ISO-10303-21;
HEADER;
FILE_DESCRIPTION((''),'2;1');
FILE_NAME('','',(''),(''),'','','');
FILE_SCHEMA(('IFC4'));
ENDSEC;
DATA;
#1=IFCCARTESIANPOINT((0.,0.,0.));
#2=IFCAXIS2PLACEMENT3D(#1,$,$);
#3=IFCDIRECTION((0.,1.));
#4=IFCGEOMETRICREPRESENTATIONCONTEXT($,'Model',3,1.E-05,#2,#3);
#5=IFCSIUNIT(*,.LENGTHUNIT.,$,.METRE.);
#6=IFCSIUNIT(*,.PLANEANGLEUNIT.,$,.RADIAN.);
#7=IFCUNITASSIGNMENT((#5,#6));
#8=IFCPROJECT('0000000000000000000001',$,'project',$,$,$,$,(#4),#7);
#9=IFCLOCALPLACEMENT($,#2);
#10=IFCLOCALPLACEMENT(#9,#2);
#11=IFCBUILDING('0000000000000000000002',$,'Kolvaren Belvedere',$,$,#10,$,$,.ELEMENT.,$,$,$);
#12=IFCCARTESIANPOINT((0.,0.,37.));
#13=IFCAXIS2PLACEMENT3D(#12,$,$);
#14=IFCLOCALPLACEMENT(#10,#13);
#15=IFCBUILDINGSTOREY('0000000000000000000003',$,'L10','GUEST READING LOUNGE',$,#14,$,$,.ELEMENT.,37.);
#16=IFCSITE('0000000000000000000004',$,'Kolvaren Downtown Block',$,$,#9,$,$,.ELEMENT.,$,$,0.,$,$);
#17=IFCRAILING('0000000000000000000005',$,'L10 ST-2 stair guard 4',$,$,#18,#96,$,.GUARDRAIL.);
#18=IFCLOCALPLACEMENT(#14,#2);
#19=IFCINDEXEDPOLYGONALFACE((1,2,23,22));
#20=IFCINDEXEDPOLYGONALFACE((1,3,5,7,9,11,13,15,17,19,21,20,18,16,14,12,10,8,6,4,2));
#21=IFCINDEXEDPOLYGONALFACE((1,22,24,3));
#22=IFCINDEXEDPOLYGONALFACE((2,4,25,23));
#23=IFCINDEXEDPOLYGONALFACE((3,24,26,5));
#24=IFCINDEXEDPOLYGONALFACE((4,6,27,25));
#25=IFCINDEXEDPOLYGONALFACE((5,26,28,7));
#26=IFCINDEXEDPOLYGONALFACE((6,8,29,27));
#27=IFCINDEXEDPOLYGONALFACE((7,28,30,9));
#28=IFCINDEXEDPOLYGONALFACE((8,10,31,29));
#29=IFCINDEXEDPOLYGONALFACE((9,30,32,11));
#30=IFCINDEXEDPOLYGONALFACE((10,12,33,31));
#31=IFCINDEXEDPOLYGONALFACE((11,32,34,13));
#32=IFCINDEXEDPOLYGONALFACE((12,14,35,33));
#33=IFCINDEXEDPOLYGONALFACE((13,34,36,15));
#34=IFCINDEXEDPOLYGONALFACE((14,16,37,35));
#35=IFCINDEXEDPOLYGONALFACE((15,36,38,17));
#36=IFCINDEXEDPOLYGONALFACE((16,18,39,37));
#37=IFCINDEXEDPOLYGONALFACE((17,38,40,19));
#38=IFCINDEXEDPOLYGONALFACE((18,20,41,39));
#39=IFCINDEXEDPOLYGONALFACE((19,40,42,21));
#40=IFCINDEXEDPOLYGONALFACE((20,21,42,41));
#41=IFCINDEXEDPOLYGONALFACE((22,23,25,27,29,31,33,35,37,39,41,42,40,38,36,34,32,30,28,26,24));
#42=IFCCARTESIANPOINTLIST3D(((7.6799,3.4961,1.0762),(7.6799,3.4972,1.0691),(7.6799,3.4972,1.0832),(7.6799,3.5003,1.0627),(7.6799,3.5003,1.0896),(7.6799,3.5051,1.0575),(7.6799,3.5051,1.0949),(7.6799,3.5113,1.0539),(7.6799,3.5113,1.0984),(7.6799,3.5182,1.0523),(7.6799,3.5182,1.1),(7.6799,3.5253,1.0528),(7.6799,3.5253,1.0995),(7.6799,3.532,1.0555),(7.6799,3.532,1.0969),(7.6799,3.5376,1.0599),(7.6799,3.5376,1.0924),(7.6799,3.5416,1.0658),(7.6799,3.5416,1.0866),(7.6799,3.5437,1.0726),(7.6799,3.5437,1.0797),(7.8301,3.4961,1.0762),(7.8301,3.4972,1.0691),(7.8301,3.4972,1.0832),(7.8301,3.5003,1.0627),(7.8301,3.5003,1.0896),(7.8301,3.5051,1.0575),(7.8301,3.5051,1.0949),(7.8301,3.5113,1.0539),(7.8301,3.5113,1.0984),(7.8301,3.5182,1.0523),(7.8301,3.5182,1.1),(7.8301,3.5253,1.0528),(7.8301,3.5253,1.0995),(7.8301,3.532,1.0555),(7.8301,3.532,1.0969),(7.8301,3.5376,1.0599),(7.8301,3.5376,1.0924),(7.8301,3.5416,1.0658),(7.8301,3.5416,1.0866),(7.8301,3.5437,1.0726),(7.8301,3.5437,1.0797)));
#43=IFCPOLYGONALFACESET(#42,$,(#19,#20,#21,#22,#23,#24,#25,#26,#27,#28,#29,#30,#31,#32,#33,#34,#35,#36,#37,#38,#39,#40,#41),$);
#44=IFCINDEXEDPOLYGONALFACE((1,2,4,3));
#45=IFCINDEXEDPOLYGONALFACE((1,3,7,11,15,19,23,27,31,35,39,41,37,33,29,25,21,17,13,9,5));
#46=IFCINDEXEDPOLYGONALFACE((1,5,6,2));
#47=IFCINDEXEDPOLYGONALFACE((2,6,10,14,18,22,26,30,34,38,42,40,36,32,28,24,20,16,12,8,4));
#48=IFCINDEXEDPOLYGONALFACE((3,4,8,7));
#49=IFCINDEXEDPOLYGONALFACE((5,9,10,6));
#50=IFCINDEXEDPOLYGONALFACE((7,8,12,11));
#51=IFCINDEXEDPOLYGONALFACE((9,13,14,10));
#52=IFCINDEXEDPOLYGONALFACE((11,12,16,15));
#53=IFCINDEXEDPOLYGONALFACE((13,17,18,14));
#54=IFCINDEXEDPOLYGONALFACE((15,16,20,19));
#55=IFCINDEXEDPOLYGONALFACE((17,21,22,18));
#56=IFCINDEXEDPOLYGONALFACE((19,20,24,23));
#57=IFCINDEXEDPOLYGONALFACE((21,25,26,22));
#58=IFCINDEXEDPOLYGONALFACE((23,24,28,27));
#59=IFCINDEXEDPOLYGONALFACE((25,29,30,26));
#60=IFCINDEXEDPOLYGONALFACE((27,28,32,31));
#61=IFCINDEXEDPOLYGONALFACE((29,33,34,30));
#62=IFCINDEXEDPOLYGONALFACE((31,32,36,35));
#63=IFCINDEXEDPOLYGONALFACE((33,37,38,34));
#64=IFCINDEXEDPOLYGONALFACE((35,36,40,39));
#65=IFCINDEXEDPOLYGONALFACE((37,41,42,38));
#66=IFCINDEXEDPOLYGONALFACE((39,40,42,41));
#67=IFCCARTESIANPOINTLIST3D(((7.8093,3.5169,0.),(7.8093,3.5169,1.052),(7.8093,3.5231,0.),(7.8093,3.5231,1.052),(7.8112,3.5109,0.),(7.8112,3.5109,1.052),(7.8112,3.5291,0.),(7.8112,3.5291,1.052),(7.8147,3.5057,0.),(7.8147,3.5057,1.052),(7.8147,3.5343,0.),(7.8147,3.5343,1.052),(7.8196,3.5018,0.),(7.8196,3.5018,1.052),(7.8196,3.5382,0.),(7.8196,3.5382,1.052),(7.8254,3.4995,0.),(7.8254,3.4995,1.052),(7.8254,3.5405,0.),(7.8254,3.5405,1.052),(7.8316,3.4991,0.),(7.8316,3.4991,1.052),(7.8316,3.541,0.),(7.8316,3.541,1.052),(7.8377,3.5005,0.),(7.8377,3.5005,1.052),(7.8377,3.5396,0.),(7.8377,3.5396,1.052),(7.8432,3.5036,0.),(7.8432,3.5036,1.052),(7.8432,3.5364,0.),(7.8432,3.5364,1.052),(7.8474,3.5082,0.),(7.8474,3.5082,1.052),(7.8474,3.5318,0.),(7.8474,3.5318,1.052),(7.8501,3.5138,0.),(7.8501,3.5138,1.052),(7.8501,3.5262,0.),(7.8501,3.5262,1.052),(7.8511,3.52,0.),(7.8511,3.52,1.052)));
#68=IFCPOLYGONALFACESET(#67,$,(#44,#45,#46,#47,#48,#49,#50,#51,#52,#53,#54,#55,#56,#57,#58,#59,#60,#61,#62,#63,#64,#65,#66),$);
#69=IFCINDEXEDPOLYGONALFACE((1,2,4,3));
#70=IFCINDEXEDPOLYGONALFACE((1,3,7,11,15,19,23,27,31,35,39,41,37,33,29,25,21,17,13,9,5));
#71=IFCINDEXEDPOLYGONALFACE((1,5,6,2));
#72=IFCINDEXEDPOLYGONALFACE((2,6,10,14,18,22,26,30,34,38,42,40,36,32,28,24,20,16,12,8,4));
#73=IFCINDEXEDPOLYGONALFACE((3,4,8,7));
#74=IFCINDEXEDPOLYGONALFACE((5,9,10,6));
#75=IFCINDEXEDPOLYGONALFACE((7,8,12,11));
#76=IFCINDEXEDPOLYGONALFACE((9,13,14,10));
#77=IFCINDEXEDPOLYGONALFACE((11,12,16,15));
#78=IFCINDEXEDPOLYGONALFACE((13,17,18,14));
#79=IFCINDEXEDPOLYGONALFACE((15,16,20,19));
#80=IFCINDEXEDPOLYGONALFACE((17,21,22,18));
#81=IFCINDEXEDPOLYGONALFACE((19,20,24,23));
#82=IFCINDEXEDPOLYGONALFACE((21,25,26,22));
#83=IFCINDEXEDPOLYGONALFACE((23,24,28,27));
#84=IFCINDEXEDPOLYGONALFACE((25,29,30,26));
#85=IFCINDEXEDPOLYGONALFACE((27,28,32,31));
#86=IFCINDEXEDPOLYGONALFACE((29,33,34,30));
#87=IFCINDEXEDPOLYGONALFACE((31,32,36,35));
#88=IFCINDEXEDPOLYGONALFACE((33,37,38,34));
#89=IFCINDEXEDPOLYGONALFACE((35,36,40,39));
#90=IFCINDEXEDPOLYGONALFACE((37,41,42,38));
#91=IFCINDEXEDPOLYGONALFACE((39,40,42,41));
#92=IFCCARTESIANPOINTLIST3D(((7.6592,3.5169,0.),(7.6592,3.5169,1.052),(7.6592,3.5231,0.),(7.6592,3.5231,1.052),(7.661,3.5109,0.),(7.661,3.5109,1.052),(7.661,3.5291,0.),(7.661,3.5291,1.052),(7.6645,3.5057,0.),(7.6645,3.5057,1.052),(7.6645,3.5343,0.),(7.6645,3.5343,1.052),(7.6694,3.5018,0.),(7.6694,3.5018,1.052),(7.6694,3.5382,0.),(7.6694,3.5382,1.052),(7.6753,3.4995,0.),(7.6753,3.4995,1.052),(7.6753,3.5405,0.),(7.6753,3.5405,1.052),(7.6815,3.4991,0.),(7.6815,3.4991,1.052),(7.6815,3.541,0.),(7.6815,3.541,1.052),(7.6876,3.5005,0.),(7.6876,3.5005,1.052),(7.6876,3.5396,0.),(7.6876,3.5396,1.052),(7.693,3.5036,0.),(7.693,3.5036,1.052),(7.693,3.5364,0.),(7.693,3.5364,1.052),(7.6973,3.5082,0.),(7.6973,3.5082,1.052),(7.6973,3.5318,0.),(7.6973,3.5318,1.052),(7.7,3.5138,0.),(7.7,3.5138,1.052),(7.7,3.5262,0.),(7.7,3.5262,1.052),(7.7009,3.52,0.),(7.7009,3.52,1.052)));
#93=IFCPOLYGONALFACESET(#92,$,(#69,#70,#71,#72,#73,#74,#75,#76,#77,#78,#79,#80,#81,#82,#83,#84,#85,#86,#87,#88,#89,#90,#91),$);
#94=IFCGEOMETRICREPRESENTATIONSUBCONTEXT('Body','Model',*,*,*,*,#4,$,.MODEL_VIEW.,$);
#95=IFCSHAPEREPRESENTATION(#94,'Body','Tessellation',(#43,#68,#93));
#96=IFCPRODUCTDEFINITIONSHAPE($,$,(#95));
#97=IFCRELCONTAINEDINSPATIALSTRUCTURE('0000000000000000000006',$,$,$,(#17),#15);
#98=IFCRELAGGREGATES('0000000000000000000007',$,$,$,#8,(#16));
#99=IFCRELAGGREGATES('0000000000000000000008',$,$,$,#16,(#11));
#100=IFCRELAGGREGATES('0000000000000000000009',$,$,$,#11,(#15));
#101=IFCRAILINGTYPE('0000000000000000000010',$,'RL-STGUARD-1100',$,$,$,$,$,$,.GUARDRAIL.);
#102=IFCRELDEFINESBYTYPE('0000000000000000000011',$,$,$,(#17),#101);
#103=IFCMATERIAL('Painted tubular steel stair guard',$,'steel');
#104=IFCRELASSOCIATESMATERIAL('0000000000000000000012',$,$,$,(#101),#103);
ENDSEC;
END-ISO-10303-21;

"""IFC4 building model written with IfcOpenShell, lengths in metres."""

from ifc_helpers import new_model, si_unit, direction, frame, origin, origin_2d, place, context, subcontext, project, spatial, circle, extrude, material, type_object, element, save


model = new_model("IFC4")

# Units and contexts
model_context = context("Model", 3, precision=1e-05, world=origin(), true_north=direction((0.0, 1.0)))
body_context = subcontext(model_context, "Body", "Model", "MODEL_VIEW")
ifc_project = project(units=[si_unit("LENGTHUNIT", "METRE"), si_unit("PLANEANGLEUNIT", "RADIAN")], contexts=[model_context])

# Site, building, storey
site_placement = place(None, origin())
site = spatial("IfcSite", under=ifc_project, at=site_placement, Name="Kolvaren Downtown Block", CompositionType="ELEMENT", RefElevation=0.0)
building_placement = place(site_placement, origin())
building = spatial("IfcBuilding", under=site, at=building_placement, Name="Kolvaren Belvedere", CompositionType="ELEMENT")
storey_placement = place(building_placement, frame((0.0, 0.0, 37.0)))
storey = spatial("IfcBuildingStorey", under=building, at=storey_placement, Name="L10", Description="GUEST READING LOUNGE", CompositionType="ELEMENT", Elevation=37.0)

# Railing
ifc_material_1 = material(Name="Painted tubular steel stair guard", Category="steel")
railing_type_1 = type_object("IfcRailingType", Name="RL-STGUARD-1100", PredefinedType="GUARDRAIL", material=ifc_material_1)
railing_1_placement = place(storey_placement, frame((7.8301, 3.52, 0.0)))
element("IfcRailing", 1, at=railing_1_placement, inside=storey, type_object=railing_type_1, Name="L10 ST-2 stair guard 4", PredefinedType="GUARDRAIL", context=body_context, shape_type="SweptSolid", body=[
    extrude(circle(Radius=0.0239, at=origin_2d()), frame((0.0, 0.0, 1.0762), z_axis=(-1.0, 0.0, 0.0), x_axis=(0.0, -1.0, 0.0)), (0.0, 0.0, 1.0), 0.1501),
    extrude(circle(Radius=0.021, at=origin_2d()), origin(), (0.0, 0.0, 1.0), 1.052),
    extrude(circle(Radius=0.021, at=origin_2d()), frame((-0.1501, 0.0, 0.0)), (0.0, 0.0, 1.0), 1.052),
])

save(model, "model.ifc")
